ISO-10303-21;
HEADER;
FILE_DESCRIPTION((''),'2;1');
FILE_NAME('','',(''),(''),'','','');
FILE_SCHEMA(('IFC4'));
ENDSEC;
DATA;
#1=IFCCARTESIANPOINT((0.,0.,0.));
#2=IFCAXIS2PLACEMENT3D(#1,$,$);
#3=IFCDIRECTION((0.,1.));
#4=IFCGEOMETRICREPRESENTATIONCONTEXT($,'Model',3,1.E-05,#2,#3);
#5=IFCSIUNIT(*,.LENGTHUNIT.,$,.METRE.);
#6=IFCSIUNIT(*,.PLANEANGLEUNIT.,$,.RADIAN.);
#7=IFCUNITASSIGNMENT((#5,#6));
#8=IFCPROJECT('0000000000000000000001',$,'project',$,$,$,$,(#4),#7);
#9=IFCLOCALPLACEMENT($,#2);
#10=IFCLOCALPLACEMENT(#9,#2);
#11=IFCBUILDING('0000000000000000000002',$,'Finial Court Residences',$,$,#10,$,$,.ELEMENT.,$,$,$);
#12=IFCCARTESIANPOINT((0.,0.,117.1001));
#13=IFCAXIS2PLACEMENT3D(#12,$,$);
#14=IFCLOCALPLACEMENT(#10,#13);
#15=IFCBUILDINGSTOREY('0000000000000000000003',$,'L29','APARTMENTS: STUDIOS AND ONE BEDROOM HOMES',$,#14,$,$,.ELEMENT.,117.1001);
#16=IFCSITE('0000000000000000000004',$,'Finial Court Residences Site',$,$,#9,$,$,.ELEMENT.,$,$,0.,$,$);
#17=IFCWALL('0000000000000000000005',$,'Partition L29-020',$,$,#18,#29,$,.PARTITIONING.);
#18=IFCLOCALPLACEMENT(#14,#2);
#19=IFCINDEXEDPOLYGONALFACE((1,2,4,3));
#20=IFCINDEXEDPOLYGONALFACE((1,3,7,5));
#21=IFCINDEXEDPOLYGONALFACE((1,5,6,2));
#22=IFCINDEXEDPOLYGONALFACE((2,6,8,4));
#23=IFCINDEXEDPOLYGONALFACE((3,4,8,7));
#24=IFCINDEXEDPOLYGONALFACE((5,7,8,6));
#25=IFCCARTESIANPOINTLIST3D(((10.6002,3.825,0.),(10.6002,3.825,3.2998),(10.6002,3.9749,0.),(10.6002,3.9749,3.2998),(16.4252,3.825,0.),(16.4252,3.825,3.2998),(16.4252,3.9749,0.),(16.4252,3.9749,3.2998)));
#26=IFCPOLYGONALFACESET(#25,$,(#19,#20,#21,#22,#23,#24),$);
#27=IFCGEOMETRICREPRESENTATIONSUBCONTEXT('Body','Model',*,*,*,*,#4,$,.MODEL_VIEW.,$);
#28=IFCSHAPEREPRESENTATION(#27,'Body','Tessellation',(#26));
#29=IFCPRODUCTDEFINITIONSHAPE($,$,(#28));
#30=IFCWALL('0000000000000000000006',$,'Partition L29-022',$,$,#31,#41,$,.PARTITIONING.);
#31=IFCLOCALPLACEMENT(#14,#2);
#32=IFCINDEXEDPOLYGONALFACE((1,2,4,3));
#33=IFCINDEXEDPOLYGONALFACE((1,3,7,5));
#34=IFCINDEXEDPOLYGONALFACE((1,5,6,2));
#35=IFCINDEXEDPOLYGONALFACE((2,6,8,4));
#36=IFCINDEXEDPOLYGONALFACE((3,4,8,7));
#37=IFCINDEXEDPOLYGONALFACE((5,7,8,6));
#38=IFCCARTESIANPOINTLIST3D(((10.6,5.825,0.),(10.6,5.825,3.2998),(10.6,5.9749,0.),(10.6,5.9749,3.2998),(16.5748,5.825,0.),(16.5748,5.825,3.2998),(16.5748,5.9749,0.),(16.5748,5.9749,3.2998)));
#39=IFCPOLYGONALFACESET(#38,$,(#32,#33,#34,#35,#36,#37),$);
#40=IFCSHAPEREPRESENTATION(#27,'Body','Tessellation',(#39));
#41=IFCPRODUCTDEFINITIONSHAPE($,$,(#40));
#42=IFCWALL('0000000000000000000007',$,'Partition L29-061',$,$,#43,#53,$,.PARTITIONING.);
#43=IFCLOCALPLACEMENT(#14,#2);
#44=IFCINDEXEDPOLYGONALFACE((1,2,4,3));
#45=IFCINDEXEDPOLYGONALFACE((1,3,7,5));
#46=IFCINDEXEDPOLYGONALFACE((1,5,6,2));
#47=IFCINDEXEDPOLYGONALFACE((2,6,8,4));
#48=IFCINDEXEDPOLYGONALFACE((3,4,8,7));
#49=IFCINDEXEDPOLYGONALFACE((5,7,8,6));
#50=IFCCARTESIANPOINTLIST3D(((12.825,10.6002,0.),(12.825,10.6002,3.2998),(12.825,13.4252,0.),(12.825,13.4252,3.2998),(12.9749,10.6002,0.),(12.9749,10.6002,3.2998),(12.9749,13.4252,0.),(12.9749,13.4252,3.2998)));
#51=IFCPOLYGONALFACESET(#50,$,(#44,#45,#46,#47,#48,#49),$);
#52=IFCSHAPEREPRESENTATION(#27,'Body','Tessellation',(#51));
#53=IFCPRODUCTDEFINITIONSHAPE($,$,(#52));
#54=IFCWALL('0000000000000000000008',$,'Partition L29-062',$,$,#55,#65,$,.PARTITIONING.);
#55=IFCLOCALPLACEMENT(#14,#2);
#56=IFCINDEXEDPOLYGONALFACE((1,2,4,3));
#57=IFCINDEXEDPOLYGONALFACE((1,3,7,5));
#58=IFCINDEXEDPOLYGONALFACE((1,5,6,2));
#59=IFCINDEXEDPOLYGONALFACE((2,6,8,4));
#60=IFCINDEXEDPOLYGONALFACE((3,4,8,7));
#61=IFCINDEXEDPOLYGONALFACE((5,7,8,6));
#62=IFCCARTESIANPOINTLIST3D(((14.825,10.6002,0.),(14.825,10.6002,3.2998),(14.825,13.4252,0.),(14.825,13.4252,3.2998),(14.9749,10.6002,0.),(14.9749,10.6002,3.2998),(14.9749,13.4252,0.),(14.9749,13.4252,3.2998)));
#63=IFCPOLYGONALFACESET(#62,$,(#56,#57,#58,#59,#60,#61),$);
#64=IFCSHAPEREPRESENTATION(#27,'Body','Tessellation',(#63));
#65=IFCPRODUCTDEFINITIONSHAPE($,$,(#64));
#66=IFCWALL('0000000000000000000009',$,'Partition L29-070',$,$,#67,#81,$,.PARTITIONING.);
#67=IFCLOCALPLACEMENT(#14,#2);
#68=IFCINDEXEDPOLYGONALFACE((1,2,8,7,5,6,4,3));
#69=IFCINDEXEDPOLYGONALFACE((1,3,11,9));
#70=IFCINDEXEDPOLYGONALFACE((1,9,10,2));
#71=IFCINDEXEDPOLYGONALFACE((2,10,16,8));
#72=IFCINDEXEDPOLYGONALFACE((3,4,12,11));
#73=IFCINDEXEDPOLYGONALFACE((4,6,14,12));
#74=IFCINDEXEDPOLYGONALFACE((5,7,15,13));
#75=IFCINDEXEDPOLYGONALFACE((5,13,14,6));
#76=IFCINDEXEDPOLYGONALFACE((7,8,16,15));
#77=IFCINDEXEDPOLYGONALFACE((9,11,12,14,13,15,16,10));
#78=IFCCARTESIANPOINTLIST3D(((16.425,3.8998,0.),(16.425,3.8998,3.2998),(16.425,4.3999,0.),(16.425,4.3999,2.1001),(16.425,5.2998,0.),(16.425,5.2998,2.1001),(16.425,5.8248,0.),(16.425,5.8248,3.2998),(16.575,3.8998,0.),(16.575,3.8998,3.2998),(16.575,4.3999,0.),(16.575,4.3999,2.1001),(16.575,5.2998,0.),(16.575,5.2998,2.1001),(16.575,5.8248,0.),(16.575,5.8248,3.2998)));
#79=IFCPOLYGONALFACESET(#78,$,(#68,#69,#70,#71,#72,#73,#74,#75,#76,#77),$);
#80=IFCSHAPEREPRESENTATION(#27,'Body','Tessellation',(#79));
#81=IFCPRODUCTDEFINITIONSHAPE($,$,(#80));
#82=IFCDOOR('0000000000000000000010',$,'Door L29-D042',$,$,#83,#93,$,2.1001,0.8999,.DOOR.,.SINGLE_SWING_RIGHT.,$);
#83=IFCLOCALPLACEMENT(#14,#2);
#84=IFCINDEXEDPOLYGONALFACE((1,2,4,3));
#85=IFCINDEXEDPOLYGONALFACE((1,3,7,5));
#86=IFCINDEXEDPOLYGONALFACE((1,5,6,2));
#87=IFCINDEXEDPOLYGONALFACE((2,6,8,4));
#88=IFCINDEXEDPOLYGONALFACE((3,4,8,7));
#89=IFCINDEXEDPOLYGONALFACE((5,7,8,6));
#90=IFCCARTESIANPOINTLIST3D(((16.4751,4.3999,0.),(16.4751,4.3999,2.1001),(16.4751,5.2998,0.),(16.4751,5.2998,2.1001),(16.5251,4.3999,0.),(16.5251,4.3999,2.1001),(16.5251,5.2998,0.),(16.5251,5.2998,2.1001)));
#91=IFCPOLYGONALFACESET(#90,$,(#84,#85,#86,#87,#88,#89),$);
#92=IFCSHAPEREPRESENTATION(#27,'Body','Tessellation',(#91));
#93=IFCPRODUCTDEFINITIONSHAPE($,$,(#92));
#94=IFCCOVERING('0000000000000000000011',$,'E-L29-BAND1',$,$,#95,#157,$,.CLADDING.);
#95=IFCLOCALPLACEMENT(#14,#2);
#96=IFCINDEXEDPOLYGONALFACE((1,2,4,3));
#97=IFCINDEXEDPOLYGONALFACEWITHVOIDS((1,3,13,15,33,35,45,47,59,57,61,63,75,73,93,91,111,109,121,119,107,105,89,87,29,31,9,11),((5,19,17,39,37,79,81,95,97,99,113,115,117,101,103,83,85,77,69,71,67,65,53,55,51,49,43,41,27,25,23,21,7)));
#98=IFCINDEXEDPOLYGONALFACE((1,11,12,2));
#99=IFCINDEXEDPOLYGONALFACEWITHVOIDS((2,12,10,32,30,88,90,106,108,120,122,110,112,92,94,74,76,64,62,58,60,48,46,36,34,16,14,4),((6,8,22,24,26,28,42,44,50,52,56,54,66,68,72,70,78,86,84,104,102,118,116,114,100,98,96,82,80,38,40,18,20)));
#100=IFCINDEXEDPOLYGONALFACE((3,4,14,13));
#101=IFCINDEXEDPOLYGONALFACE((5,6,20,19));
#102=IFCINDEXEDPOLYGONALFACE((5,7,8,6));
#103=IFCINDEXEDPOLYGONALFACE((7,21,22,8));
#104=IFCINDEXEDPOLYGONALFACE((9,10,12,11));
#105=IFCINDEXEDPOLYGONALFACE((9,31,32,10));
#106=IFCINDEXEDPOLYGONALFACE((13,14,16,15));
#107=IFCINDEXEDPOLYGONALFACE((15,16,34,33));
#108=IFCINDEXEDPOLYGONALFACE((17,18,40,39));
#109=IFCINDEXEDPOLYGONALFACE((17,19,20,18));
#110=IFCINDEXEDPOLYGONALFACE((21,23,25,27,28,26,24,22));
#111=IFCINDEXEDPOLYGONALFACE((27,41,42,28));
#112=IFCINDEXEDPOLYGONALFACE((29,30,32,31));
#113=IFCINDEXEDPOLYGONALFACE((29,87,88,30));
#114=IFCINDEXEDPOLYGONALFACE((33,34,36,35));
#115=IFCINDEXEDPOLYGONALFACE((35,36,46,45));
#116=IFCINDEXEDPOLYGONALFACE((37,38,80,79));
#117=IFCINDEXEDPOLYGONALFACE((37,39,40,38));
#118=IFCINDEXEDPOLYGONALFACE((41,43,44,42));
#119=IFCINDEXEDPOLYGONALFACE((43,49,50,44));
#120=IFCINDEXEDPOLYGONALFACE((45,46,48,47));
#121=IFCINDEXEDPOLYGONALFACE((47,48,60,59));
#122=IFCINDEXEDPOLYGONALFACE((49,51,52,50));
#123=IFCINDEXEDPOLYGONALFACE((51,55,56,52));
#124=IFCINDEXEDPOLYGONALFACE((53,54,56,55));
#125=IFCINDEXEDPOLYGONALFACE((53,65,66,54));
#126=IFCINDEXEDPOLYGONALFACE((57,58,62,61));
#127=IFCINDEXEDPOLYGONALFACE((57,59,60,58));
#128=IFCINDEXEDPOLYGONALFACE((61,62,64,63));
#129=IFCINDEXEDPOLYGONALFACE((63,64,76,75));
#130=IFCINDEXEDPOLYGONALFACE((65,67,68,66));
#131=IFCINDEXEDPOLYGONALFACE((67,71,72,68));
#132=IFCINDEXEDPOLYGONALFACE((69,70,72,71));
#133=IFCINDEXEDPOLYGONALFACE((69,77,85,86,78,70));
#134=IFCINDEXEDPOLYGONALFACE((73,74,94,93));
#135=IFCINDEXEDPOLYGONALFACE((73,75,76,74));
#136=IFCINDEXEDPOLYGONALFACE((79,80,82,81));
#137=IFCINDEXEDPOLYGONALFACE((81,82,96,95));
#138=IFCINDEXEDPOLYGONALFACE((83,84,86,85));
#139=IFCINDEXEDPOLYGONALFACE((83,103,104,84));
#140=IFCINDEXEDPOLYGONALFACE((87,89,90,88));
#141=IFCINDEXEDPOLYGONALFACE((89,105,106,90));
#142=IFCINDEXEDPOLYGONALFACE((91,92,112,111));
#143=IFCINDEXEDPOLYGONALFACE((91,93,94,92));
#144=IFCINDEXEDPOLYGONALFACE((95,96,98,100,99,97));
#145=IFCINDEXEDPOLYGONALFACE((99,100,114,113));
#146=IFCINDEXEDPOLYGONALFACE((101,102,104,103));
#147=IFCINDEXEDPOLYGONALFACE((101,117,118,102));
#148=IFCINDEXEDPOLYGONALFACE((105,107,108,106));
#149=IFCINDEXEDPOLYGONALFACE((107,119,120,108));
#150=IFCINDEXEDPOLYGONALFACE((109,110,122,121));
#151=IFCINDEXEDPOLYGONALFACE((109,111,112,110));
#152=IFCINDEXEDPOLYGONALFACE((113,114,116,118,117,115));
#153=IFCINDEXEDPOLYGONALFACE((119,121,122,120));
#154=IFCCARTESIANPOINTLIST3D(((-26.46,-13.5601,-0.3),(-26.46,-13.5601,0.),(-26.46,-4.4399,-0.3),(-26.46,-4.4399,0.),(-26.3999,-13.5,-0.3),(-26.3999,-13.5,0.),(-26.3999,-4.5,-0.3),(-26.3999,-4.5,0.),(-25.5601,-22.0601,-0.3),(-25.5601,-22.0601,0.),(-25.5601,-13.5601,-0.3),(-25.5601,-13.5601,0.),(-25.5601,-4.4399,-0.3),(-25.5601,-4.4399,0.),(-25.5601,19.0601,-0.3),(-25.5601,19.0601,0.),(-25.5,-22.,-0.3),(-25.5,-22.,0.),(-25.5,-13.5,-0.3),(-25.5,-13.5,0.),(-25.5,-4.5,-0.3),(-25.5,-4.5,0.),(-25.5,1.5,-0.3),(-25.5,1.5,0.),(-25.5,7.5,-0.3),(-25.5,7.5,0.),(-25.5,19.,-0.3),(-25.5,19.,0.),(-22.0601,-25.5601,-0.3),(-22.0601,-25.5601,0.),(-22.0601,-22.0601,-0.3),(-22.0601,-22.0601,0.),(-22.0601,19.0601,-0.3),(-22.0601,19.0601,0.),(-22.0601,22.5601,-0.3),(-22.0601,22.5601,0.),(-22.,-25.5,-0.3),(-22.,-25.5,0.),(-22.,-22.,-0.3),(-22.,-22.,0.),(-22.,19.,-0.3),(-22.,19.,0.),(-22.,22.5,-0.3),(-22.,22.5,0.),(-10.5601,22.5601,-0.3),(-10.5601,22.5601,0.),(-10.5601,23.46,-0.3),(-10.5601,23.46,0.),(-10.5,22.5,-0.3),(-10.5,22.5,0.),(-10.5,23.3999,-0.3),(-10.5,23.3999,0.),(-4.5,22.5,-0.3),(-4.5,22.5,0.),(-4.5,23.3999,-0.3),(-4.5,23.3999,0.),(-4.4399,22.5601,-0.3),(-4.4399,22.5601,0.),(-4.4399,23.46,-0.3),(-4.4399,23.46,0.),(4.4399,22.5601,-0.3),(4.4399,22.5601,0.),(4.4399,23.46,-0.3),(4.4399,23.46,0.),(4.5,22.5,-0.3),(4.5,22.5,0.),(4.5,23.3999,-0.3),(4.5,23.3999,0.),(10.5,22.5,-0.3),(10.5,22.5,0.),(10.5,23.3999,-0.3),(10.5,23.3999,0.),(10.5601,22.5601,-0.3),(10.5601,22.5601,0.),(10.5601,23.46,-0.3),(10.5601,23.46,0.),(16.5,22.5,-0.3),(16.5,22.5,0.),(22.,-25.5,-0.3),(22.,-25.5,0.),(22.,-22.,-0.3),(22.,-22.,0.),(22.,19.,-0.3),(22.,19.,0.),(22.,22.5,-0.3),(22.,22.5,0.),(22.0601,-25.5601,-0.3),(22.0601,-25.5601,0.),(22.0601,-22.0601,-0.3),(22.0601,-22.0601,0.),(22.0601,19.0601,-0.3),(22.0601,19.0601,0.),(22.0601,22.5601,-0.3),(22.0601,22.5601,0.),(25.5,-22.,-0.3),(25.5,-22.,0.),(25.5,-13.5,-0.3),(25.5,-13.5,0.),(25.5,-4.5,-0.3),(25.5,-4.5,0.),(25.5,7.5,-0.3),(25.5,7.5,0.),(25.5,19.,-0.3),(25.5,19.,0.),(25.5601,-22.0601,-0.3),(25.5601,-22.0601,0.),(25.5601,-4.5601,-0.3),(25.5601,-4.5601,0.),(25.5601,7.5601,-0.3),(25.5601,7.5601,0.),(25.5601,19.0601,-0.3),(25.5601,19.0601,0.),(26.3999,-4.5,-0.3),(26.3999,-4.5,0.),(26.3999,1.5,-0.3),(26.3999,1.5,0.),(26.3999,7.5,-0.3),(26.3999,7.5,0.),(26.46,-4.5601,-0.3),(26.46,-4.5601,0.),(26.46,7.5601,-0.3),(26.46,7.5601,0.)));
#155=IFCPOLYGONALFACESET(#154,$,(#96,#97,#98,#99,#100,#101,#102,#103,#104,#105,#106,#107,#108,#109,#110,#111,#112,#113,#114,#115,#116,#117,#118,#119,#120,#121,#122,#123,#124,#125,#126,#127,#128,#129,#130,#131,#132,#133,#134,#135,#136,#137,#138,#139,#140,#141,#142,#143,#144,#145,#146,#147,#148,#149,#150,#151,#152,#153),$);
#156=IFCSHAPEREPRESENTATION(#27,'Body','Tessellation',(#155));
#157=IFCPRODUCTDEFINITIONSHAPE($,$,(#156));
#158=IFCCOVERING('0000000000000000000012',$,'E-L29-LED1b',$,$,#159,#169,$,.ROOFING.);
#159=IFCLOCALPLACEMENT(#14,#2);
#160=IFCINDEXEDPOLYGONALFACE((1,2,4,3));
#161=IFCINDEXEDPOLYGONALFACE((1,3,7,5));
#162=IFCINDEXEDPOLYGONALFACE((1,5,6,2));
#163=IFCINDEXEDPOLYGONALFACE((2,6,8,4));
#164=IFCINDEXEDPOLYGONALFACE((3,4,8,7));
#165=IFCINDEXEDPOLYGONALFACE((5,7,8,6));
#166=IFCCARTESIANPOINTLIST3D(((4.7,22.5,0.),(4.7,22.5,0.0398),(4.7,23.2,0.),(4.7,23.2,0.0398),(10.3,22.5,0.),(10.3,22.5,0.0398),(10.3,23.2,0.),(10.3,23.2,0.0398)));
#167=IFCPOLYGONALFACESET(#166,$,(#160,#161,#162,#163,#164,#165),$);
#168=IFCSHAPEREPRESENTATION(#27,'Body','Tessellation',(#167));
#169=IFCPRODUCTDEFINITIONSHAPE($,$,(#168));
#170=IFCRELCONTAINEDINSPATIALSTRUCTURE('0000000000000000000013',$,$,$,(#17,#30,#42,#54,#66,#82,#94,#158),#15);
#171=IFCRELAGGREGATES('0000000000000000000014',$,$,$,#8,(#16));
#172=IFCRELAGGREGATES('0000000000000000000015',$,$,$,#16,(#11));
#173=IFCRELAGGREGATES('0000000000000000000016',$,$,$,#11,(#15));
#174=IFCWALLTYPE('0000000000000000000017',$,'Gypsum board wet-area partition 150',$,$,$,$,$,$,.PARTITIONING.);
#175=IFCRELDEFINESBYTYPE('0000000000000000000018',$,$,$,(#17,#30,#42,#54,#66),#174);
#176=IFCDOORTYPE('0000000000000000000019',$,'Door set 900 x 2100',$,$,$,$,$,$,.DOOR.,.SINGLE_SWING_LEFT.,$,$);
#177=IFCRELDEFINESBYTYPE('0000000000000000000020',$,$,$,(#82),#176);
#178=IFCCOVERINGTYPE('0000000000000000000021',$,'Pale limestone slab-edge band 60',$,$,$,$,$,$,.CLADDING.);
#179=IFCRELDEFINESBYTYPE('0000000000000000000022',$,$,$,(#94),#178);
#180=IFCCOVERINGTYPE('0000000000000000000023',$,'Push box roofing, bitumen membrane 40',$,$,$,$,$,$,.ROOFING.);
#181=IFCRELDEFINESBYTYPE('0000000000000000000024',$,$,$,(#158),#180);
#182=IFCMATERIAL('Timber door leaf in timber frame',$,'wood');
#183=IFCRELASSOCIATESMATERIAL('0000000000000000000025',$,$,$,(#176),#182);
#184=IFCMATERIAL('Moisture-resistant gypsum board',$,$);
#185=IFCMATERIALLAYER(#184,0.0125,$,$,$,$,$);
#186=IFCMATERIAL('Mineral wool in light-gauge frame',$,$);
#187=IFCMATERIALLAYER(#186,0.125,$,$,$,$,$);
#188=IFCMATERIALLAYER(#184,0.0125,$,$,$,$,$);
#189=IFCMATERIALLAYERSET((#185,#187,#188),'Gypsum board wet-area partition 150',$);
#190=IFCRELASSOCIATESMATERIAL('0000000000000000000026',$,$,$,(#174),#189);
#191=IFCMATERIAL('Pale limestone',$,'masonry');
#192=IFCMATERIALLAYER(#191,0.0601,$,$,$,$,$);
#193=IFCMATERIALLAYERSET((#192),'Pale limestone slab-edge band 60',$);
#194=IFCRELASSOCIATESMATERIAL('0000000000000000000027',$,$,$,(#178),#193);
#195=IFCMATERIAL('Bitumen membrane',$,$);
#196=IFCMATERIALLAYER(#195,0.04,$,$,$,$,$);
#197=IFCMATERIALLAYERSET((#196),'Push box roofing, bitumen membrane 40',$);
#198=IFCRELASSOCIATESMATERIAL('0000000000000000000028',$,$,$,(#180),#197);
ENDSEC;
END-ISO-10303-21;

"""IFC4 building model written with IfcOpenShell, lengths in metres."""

from ifc_helpers import new_model, si_unit, direction, frame, frame_2d, origin, place, context, subcontext, project, spatial, polyline, rectangle, outline, extrude, material, layer, layer_set, type_object, element, fill, save


model = new_model("IFC4")

# Units and contexts
model_context = context("Model", 3, precision=1e-05, world=origin(), true_north=direction((0.0, 1.0)))
body_context = subcontext(model_context, "Body", "Model", "MODEL_VIEW")
ifc_project = project(units=[si_unit("LENGTHUNIT", "METRE"), si_unit("PLANEANGLEUNIT", "RADIAN")], contexts=[model_context])

# Site, building, storey
site_placement = place(None, origin())
site = spatial("IfcSite", under=ifc_project, at=site_placement, Name="Finial Court Residences Site", CompositionType="ELEMENT", RefElevation=0.0)
building_placement = place(site_placement, origin())
building = spatial("IfcBuilding", under=site, at=building_placement, Name="Finial Court Residences", CompositionType="ELEMENT")
storey_placement = place(building_placement, frame((0.0, 0.0, 117.1001)))
storey = spatial("IfcBuildingStorey", under=building, at=storey_placement, Name="L29", Description="APARTMENTS: STUDIOS AND ONE BEDROOM HOMES", CompositionType="ELEMENT", Elevation=117.1001)

# Shared definitions
ifc_material_1 = material(Name="Mineral wool in light-gauge frame")

# Shared definitions
ifc_material_2 = material(Name="Timber door leaf in timber frame", Category="wood")
door_type = type_object("IfcDoorType", Name="Door set 900 x 2100", OperationType="SINGLE_SWING_LEFT", PredefinedType="DOOR", material=ifc_material_2)

# Walls
ifc_material_3 = material(Name="Moisture-resistant gypsum board")
ifc_layer_1 = layer(ifc_material_3, 0.0125)
ifc_layer_2 = layer(ifc_material_1, 0.125)
ifc_layer_3 = layer(ifc_material_3, 0.0125)
ifc_layer_set_1 = layer_set([ifc_layer_1, ifc_layer_2, ifc_layer_3], Name="Gypsum board wet-area partition 150")
wall_type_1 = type_object("IfcWallType", Name="Gypsum board wet-area partition 150", PredefinedType="PARTITIONING", material=ifc_layer_set_1)
wall_1_placement = place(storey_placement, frame((10.6001, 3.8999, 0.0), z_axis=(0.0, 0.0, 1.0), x_axis=(1.0, 0.0, 0.0)))
element("IfcWall", 1, at=wall_1_placement, inside=storey, type_object=wall_type_1, Name="Partition L29-020", PredefinedType="PARTITIONING", context=body_context, shape_type="SweptSolid", body=[
    extrude(rectangle(XDim=5.825, YDim=0.1499, at=frame_2d((2.9126, 0.0))), origin(), (0.0, 0.0, 1.0), 3.2998),
])
wall_2_placement = place(storey_placement, frame((10.6001, 5.8999, 0.0), z_axis=(0.0, 0.0, 1.0), x_axis=(1.0, 0.0, 0.0)))
element("IfcWall", 2, at=wall_2_placement, inside=storey, type_object=wall_type_1, Name="Partition L29-022", PredefinedType="PARTITIONING", context=body_context, shape_type="SweptSolid", body=[
    extrude(rectangle(XDim=5.9749, YDim=0.1499, at=frame_2d((2.9873, 0.0))), origin(), (0.0, 0.0, 1.0), 3.2998),
])
for number, where, z_axis, x_axis, name in (
    (3, (12.8999, 10.6001, 0.0), (0.0, 0.0, 1.0), (0.0, 1.0, 0.0), "Partition L29-061"),
    (4, (14.8999, 10.6001, 0.0), (0.0, 0.0, 1.0), (0.0, 1.0, 0.0), "Partition L29-062"),
):
    element("IfcWall", number, at=place(storey_placement, frame(where, z_axis=z_axis, x_axis=x_axis)), inside=storey, type_object=wall_type_1, Name=name, PredefinedType="PARTITIONING", context=body_context, shape_type="SweptSolid", body=[
        extrude(rectangle(XDim=2.825, YDim=0.1499, at=frame_2d((1.4126, 0.0))), origin(), (0.0, 0.0, 1.0), 3.2998),
    ])

# Wall, opening, door
wall_3_placement = place(storey_placement, frame((16.5, 3.8999, 0.0), z_axis=(0.0, 0.0, 1.0), x_axis=(0.0, 1.0, 0.0)))
wall_3 = element("IfcWall", 5, at=wall_3_placement, inside=storey, type_object=wall_type_1, Name="Partition L29-070", PredefinedType="PARTITIONING", context=body_context, shape_type="SweptSolid", body=[
    extrude(rectangle(XDim=1.925, YDim=0.1499, at=frame_2d((0.9624, 0.0))), origin(), (0.0, 0.0, 1.0), 3.2998),
])
opening_1_placement = place(wall_3_placement, frame((0.5, 0.0, 0.0)))
opening_1 = element("IfcOpeningElement", 6, at=opening_1_placement, cuts=wall_3, PredefinedType="OPENING", context=body_context, shape_type="SweptSolid", body=[
    extrude(rectangle(XDim=0.8999, YDim=2.1001, at=frame_2d((0.45, 1.05))), frame((0.0, 0.085, 0.0), z_axis=(0.0, -1.0, 0.0), x_axis=(1.0, 0.0, 0.0)), (0.0, 0.0, 1.0), 0.1699),
])
door_1_placement = place(opening_1_placement, origin())
door_1 = element("IfcDoor", 7, at=door_1_placement, inside=storey, type_object=door_type, Name="Door L29-D042", OperationType="SINGLE_SWING_RIGHT", OverallHeight=2.1001, OverallWidth=0.8999, PredefinedType="DOOR", context=body_context, shape_type="SweptSolid", body=[
    extrude(rectangle(XDim=0.8999, YDim=2.1001, at=frame_2d((0.45, 1.05))), frame((0.0, 0.0249, 0.0), z_axis=(0.0, -1.0, 0.0), x_axis=(1.0, 0.0, 0.0)), (0.0, 0.0, 1.0), 0.05),
])
fill(opening_1, door_1)

# Coverings
ifc_material_4 = material(Name="Pale limestone", Category="masonry")
ifc_layer_4 = layer(ifc_material_4, 0.0601)
ifc_layer_set_2 = layer_set([ifc_layer_4], Name="Pale limestone slab-edge band 60")
covering_type_1 = type_object("IfcCoveringType", Name="Pale limestone slab-edge band 60", PredefinedType="CLADDING", material=ifc_layer_set_2)
covering_1_placement = place(storey_placement, frame((0.0, 0.0, -0.3)))
element("IfcCovering", 8, at=covering_1_placement, inside=storey, type_object=covering_type_1, Name="E-L29-BAND1", PredefinedType="CLADDING", context=body_context, shape_type="SweptSolid", body=[
    extrude(outline(polyline([(22.0601, -22.0601), (22.0601, -25.5601), (-22.0601, -25.5601), (-22.0601, -22.0601), (-25.5601, -22.0601), (-25.5601, -13.5601), (-26.46, -13.5601), (-26.46, -4.4399), (-25.5601, -4.4399), (-25.5601, 19.0601), (-22.0601, 19.0601), (-22.0601, 22.5601), (-10.5601, 22.5601), (-10.5601, 23.46), (-4.4399, 23.46), (-4.4399, 22.5601), (4.4399, 22.5601), (4.4399, 23.46), (10.5601, 23.46), (10.5601, 22.5601), (22.0601, 22.5601), (22.0601, 19.0601), (25.5601, 19.0601), (25.5601, 7.5601), (26.46, 7.5601), (26.46, -4.5601), (25.5601, -4.5601), (25.5601, -22.0601), (22.0601, -22.0601)]), holes=[polyline([(25.5, -4.5), (26.3999, -4.5), (26.3999, 1.5), (26.3999, 7.5), (25.5, 7.5), (25.5, 19.0), (22.0, 19.0), (22.0, 22.5), (16.5, 22.5), (10.5, 22.5), (10.5, 23.3999), (4.5, 23.3999), (4.5, 22.5), (-4.5, 22.5), (-4.5, 23.3999), (-10.5, 23.3999), (-10.5, 22.5), (-22.0, 22.5), (-22.0, 19.0), (-25.5, 19.0), (-25.5, 7.5), (-25.5, 1.5), (-25.5, -4.5), (-26.3999, -4.5), (-26.3999, -13.5), (-25.5, -13.5), (-25.5, -22.0), (-22.0, -22.0), (-22.0, -25.5), (22.0, -25.5), (22.0, -22.0), (25.5, -22.0), (25.5, -13.5), (25.5, -4.5)])]), origin(), (0.0, 0.0, 1.0), 0.3),
])
ifc_material_5 = material(Name="Bitumen membrane")
ifc_layer_5 = layer(ifc_material_5, 0.04)
ifc_layer_set_3 = layer_set([ifc_layer_5], Name="Push box roofing, bitumen membrane 40")
covering_type_2 = type_object("IfcCoveringType", Name="Push box roofing, bitumen membrane 40", PredefinedType="ROOFING", material=ifc_layer_set_3)
covering_2_placement = place(storey_placement, origin())
element("IfcCovering", 9, at=covering_2_placement, inside=storey, type_object=covering_type_2, Name="E-L29-LED1b", PredefinedType="ROOFING", context=body_context, shape_type="SweptSolid", body=[
    extrude(outline(polyline([(4.7, 22.5), (4.7, 23.2), (10.3, 23.2), (10.3, 22.5), (4.7, 22.5)])), origin(), (0.0, 0.0, 1.0), 0.0398),
])

save(model, "model.ifc")
